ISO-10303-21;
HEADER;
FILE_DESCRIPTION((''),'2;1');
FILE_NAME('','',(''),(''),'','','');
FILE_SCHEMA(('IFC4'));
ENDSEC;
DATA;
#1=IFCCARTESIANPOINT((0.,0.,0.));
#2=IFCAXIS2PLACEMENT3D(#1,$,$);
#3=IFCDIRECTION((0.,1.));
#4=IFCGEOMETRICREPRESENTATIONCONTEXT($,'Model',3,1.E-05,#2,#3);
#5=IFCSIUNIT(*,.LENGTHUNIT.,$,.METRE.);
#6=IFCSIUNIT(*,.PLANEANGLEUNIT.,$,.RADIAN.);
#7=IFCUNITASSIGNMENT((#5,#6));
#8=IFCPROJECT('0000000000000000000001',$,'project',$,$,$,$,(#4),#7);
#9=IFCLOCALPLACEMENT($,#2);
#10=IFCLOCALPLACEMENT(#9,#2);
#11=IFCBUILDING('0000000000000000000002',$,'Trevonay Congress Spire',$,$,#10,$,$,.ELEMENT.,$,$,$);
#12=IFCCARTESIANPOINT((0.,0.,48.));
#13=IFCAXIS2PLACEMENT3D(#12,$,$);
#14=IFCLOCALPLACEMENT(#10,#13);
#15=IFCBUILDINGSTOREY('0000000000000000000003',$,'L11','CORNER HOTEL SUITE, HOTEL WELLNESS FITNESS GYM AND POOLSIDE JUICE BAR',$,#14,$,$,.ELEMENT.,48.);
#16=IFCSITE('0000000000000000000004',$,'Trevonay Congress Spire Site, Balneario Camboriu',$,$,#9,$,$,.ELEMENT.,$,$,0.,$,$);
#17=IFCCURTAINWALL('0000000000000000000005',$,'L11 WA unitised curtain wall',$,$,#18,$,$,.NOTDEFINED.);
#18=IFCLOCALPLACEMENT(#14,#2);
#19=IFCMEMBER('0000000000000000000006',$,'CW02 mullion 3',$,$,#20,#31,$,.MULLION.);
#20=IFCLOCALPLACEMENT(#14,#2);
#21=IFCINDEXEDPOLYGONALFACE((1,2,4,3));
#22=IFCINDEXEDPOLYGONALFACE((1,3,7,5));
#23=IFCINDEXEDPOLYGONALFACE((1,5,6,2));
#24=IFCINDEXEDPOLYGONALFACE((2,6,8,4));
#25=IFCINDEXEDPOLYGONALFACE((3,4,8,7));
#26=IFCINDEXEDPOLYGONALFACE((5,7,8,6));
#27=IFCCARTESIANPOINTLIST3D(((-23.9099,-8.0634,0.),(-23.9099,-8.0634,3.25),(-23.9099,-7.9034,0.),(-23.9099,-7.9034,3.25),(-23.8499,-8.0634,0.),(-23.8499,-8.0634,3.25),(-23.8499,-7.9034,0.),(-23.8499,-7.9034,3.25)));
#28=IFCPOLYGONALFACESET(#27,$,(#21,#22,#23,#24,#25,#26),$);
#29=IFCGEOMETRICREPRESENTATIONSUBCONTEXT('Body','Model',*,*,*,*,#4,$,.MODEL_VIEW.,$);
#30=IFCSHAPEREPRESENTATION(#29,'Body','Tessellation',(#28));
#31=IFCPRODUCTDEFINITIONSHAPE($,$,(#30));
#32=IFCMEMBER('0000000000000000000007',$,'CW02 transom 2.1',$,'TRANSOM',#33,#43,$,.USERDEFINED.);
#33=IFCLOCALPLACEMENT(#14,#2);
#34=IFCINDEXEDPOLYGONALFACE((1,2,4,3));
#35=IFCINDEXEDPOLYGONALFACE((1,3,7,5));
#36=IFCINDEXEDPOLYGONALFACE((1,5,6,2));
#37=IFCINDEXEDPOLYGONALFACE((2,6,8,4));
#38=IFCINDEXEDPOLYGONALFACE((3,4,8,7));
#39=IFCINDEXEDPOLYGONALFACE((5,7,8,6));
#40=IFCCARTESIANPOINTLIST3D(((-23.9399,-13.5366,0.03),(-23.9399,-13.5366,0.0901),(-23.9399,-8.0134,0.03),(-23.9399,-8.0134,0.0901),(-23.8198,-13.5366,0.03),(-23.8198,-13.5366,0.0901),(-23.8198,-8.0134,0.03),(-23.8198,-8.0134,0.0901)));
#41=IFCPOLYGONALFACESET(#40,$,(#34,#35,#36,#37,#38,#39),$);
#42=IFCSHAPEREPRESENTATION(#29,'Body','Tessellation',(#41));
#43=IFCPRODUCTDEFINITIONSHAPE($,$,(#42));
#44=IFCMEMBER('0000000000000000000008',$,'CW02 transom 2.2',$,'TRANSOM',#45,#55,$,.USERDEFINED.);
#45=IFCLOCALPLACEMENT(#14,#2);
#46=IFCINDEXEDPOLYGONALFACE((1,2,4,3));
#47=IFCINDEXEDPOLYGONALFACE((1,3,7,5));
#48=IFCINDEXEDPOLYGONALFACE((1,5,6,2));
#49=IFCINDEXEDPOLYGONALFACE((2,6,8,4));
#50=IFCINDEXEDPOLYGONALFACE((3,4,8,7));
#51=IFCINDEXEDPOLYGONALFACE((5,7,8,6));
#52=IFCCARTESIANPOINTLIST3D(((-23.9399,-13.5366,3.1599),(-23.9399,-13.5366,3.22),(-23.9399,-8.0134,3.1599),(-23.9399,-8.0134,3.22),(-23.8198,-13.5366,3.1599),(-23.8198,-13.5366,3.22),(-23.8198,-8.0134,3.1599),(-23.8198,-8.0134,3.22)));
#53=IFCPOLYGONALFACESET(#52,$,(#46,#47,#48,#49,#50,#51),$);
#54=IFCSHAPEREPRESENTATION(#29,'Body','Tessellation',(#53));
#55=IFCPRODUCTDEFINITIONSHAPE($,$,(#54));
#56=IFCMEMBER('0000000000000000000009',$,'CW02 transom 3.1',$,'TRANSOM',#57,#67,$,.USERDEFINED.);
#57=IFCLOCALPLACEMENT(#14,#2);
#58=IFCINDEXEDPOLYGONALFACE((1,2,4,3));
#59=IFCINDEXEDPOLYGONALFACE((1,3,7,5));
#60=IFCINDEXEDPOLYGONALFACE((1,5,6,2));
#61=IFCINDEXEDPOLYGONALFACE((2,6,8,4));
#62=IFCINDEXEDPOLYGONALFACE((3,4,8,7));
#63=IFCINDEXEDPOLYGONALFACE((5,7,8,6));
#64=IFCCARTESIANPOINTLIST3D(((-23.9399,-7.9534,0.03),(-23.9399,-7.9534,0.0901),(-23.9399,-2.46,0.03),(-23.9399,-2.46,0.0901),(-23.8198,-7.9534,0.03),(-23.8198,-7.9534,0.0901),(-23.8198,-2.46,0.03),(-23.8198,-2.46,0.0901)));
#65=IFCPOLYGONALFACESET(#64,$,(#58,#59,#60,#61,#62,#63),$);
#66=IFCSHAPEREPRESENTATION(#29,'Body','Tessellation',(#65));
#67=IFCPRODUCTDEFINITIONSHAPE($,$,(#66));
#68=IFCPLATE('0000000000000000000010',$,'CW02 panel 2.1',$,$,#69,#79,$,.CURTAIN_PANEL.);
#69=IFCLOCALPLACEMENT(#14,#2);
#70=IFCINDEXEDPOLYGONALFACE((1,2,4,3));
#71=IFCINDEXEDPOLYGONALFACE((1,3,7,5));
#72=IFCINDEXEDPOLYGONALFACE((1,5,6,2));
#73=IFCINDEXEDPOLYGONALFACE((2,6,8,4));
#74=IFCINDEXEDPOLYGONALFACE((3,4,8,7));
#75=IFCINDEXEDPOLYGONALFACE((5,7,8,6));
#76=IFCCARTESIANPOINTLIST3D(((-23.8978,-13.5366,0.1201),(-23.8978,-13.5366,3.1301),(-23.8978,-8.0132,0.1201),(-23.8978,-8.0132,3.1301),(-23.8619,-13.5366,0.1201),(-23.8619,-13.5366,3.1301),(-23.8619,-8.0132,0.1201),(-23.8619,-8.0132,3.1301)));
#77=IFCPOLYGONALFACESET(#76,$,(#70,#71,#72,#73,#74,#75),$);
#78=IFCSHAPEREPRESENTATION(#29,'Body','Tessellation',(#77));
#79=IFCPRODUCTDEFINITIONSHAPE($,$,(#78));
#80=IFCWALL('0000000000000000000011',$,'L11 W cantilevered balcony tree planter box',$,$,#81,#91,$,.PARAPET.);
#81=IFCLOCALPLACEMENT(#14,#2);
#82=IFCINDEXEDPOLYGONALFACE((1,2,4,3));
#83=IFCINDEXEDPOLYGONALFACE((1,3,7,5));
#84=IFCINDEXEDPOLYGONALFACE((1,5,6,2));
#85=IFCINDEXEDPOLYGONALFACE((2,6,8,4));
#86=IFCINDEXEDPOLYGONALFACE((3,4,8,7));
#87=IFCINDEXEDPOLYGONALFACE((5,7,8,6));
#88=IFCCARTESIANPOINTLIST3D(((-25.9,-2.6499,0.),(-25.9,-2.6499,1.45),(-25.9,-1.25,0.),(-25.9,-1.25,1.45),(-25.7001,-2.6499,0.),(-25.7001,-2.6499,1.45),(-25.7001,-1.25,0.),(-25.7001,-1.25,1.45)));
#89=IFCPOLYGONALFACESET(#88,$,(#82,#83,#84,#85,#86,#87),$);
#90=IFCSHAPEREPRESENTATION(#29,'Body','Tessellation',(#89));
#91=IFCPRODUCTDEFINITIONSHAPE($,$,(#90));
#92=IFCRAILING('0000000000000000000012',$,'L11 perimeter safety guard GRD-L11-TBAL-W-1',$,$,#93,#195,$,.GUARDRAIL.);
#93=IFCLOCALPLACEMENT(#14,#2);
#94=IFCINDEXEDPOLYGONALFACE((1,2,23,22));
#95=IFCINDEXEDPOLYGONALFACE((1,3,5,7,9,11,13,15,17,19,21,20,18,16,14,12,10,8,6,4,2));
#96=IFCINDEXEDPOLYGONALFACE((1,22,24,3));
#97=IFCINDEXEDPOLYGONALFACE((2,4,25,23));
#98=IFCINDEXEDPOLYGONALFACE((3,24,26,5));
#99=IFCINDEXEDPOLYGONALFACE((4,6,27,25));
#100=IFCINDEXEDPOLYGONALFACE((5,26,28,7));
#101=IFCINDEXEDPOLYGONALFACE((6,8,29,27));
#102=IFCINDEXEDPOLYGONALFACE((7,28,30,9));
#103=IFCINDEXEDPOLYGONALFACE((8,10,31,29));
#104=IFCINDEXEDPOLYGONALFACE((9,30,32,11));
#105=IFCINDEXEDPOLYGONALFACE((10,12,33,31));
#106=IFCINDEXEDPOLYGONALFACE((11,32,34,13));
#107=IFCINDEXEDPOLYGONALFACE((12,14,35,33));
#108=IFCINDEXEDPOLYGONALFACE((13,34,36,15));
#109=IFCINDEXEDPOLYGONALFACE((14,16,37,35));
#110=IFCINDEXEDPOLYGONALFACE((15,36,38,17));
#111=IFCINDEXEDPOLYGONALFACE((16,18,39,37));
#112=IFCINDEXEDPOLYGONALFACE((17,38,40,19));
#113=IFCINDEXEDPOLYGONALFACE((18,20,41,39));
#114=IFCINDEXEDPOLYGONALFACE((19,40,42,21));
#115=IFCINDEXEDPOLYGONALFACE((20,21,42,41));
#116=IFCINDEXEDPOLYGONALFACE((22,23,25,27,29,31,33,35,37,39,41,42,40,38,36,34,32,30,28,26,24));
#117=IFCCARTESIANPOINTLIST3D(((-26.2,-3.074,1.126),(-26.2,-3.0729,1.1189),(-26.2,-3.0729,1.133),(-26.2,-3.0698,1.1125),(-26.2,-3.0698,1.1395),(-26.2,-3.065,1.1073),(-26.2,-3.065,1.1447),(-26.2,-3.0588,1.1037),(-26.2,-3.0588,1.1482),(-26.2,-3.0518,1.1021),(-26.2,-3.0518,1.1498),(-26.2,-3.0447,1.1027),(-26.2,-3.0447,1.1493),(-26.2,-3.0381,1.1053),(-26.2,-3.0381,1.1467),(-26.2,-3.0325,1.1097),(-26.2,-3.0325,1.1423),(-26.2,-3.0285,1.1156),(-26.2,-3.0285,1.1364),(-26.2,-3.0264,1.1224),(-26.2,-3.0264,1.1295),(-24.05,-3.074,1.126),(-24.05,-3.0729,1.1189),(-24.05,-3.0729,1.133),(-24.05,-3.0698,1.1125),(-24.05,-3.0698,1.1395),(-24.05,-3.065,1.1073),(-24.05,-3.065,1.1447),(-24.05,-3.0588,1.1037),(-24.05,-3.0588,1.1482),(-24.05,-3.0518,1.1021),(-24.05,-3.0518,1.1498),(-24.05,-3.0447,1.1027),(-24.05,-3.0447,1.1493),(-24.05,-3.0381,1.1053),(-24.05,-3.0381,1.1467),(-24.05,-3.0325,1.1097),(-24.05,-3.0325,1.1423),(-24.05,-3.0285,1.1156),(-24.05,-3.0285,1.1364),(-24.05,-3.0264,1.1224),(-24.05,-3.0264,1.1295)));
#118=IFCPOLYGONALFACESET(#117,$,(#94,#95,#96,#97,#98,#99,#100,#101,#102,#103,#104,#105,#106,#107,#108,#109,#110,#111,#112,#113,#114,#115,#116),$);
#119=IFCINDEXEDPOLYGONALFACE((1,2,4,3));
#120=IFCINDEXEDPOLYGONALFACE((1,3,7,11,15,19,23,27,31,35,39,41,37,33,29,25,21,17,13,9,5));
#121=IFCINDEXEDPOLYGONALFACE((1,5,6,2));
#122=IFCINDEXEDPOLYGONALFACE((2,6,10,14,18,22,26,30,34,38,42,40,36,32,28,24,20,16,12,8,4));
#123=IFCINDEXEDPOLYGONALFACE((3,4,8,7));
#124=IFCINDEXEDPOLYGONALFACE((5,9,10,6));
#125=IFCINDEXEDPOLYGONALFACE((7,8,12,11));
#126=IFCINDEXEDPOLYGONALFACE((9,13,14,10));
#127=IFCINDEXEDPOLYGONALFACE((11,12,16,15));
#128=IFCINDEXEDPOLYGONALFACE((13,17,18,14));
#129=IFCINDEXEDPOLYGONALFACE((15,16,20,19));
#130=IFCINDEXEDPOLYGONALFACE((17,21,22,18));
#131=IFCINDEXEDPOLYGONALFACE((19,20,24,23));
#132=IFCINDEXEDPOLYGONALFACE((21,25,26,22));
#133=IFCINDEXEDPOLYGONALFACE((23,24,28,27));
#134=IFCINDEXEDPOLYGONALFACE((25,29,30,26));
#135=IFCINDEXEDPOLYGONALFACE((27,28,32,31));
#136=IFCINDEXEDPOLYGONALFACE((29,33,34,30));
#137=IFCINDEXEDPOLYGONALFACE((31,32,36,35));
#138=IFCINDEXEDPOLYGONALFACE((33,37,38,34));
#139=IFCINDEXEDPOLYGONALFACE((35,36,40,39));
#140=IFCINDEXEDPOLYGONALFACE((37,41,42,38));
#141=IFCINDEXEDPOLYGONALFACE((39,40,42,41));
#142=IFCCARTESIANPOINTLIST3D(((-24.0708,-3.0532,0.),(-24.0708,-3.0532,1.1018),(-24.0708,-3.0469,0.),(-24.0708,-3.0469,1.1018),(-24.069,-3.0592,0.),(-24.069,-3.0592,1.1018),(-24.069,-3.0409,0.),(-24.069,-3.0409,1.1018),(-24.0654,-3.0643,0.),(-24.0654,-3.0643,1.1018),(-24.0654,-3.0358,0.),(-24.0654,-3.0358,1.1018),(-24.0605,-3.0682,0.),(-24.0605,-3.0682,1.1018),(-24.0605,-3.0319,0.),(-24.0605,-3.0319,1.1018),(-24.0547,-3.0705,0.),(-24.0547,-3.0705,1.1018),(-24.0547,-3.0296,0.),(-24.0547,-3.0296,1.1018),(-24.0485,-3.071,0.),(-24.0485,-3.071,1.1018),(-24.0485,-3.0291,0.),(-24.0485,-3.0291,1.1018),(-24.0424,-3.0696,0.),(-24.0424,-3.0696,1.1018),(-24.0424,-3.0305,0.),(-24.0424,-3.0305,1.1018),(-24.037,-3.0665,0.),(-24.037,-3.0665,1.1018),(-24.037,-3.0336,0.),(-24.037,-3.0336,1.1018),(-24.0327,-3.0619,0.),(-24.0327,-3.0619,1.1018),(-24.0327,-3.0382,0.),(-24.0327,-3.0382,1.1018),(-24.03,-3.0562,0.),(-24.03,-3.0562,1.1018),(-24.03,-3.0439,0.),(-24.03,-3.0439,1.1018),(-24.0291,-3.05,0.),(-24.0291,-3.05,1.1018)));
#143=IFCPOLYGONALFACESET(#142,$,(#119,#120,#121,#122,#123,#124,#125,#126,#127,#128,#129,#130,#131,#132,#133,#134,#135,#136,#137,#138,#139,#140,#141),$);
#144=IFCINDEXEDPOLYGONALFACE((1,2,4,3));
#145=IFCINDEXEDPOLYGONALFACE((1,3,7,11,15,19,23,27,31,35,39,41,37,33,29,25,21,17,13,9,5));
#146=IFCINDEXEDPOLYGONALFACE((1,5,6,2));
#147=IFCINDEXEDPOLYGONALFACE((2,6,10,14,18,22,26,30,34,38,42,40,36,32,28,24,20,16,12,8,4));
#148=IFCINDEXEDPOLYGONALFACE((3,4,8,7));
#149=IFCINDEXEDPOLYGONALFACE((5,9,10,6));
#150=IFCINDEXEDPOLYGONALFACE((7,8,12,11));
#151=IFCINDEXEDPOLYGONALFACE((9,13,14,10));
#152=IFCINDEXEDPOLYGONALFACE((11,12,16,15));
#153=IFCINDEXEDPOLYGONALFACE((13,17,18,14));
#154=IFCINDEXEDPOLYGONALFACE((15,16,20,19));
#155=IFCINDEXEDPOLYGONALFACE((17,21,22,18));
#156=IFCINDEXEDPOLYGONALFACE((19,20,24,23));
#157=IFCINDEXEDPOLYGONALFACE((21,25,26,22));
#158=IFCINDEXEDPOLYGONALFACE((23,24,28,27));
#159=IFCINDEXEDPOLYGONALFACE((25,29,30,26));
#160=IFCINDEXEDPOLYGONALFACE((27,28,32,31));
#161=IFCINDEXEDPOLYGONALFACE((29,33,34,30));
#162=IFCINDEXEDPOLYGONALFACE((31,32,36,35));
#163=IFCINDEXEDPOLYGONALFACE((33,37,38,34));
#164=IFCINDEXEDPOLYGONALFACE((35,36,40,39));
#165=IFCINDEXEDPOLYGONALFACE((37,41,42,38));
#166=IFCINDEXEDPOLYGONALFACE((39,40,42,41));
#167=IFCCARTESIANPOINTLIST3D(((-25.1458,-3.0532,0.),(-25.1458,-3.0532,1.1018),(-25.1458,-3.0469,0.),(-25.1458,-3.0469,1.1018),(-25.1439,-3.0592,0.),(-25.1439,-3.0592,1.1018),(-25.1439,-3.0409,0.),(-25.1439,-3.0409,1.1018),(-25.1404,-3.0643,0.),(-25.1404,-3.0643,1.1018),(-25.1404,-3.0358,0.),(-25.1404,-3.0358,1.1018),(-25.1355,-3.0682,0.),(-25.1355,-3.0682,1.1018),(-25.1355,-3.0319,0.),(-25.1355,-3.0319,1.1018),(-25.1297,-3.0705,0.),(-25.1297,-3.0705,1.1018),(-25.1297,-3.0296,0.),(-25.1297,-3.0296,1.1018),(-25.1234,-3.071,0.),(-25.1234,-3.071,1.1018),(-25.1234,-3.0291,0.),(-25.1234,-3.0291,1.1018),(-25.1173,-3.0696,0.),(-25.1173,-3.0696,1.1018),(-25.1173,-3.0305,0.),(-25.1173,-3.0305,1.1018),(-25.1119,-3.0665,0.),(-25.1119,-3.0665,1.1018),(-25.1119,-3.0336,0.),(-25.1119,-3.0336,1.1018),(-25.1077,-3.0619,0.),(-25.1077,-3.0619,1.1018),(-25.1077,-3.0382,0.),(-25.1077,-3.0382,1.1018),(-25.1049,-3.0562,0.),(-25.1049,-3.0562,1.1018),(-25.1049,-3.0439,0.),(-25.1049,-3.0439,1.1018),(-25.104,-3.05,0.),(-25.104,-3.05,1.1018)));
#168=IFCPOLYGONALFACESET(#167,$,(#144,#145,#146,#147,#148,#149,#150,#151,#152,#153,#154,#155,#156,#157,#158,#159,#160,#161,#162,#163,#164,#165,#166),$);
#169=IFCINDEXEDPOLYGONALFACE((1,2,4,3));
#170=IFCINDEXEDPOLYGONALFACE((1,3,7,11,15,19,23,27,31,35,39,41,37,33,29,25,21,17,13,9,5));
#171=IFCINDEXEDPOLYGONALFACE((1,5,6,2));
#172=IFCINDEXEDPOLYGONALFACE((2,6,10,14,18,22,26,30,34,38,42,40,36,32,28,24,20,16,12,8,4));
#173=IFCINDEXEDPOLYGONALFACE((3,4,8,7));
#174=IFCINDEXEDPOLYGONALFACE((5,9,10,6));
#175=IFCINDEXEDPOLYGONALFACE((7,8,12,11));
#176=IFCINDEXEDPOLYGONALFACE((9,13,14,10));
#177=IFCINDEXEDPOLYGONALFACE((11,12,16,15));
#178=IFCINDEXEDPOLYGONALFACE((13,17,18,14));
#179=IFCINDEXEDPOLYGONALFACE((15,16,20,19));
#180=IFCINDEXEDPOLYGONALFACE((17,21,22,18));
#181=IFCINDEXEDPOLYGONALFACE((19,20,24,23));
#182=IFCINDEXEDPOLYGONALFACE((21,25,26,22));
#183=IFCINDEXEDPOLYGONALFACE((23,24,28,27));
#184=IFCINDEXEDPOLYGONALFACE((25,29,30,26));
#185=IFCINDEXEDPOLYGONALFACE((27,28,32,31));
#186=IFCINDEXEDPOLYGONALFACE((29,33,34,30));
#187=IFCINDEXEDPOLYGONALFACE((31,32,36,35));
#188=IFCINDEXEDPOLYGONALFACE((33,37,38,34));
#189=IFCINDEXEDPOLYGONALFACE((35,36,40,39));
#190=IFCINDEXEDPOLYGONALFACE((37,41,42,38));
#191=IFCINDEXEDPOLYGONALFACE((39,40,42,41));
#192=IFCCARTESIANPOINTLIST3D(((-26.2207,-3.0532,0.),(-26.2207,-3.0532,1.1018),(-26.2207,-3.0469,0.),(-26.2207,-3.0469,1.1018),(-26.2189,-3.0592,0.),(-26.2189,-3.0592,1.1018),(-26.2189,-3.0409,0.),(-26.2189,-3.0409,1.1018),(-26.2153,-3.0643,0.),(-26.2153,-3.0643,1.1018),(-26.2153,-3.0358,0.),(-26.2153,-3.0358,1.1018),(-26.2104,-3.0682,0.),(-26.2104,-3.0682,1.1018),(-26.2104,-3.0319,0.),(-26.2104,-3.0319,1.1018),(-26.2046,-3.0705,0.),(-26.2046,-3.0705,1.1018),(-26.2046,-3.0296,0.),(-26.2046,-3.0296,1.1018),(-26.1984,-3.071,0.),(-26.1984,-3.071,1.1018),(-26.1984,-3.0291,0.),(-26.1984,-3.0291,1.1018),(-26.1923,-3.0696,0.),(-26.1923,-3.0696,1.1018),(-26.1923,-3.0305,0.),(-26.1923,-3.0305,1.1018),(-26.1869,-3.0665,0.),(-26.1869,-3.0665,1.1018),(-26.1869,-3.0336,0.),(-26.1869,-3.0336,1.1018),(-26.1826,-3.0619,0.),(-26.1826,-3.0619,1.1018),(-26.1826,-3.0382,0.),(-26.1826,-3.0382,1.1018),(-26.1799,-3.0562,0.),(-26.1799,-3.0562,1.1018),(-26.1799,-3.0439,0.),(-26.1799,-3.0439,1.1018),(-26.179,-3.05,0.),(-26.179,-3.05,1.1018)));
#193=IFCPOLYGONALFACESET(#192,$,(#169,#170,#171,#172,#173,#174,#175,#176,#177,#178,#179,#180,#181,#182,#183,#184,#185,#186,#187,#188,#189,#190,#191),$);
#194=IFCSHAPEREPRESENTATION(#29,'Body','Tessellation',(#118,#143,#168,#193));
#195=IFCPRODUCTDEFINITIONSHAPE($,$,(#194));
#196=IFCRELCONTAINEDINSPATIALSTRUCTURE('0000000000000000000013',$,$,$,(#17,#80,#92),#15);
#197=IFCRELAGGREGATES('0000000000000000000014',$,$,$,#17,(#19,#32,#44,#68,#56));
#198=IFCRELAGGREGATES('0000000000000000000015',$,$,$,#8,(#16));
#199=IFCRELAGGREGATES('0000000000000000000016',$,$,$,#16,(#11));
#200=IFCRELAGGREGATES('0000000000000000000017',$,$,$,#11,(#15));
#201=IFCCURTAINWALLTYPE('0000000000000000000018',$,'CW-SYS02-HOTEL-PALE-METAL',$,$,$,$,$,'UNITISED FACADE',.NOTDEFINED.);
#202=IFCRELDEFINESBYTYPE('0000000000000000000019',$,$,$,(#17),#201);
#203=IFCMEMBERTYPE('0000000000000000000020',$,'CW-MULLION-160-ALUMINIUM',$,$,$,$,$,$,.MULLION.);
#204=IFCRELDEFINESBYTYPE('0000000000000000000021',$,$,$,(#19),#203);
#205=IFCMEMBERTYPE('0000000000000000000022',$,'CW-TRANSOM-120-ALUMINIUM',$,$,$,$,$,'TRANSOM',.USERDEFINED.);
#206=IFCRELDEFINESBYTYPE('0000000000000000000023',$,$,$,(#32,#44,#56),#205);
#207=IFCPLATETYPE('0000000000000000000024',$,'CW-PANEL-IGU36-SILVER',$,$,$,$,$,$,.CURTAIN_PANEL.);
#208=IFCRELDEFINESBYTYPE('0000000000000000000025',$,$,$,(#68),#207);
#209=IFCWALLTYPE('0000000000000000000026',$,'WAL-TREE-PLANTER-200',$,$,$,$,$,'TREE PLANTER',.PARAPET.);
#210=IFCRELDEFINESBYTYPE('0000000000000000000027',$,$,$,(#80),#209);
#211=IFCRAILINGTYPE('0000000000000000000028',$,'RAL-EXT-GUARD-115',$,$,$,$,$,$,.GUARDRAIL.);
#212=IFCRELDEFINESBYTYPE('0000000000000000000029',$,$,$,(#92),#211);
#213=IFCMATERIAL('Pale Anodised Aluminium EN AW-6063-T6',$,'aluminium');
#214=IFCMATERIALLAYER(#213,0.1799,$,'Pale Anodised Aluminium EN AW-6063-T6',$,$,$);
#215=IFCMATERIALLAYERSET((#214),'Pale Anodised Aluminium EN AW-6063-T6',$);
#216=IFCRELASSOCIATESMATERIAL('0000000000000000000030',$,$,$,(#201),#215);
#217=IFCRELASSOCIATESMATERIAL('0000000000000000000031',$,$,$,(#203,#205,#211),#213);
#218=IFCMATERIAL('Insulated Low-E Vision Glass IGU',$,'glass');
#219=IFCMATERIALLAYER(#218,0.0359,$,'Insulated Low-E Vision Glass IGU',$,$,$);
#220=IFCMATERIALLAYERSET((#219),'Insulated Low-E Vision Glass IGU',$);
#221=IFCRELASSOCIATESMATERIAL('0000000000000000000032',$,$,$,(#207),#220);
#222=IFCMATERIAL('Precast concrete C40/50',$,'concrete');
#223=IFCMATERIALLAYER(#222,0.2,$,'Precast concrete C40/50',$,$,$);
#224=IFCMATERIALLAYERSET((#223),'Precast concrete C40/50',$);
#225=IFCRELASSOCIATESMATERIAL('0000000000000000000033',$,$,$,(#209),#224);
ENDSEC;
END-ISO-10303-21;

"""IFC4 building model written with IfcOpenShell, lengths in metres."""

from ifc_helpers import new_model, si_unit, direction, frame, frame_2d, origin, origin_2d, place, context, subcontext, project, spatial, rectangle, circle, extrude, material, layer, layer_set, material_profile, profile_set, type_object, element, aggregate, save


model = new_model("IFC4")

# Units and contexts
model_context = context("Model", 3, precision=1e-05, world=origin(), true_north=direction((0.0, 1.0)))
body_context = subcontext(model_context, "Body", "Model", "MODEL_VIEW")
ifc_project = project(units=[si_unit("LENGTHUNIT", "METRE"), si_unit("PLANEANGLEUNIT", "RADIAN")], contexts=[model_context])

# Site, building, storey
site_placement = place(None, origin())
site = spatial("IfcSite", under=ifc_project, at=site_placement, Name="Trevonay Congress Spire Site, Balneario Camboriu", CompositionType="ELEMENT", RefElevation=0.0)
building_placement = place(site_placement, origin())
building = spatial("IfcBuilding", under=site, at=building_placement, Name="Trevonay Congress Spire", CompositionType="ELEMENT")
storey_placement = place(building_placement, frame((0.0, 0.0, 48.0)))
storey = spatial("IfcBuildingStorey", under=building, at=storey_placement, Name="L11", Description="CORNER HOTEL SUITE, HOTEL WELLNESS FITNESS GYM AND POOLSIDE JUICE BAR", CompositionType="ELEMENT", Elevation=48.0)

# Curtain wall, members, plate
ifc_material_1 = material(Name="Pale Anodised Aluminium EN AW-6063-T6", Category="aluminium")
ifc_layer_1 = layer(ifc_material_1, 0.1799, Name="Pale Anodised Aluminium EN AW-6063-T6")
ifc_layer_set_1 = layer_set([ifc_layer_1], Name="Pale Anodised Aluminium EN AW-6063-T6")
curtain_wall_type = type_object("IfcCurtainWallType", Name="CW-SYS02-HOTEL-PALE-METAL", ElementType="UNITISED FACADE", PredefinedType="NOTDEFINED", material=ifc_layer_set_1)
curtain_wall_placement = place(storey_placement, origin())
curtain_wall = element("IfcCurtainWall", 1, at=curtain_wall_placement, inside=storey, type_object=curtain_wall_type, Name="L11 WA unitised curtain wall", PredefinedType="NOTDEFINED")
ifc_material_profile_1 = material_profile(ifc_material_1, rectangle(XDim=0.0601, YDim=0.1599, at=origin_2d()), Name="CW-MULLION-160-ALUMINIUM")
ifc_profile_set_1 = profile_set([ifc_material_profile_1], Name="Pale Anodised Aluminium EN AW-6063-T6")
member_type_1 = type_object("IfcMemberType", Name="CW-MULLION-160-ALUMINIUM", PredefinedType="MULLION", material=ifc_profile_set_1)
member_1_placement = place(storey_placement, frame((-23.8799, -7.9834, 0.0), z_axis=(0.0, 0.0, 1.0), x_axis=(-1.0, 0.0, 0.0)))
member_1 = element("IfcMember", 2, at=member_1_placement, type_object=member_type_1, Name="CW02 mullion 3", PredefinedType="MULLION", context=body_context, shape_type="SweptSolid", body=[
    extrude(rectangle(XDim=0.0601, YDim=0.1599, at=origin_2d()), origin(), (0.0, 0.0, 1.0), 3.25),
])
ifc_material_profile_2 = material_profile(ifc_material_1, rectangle(XDim=0.1201, YDim=0.0601, at=origin_2d()), Name="CW-TRANSOM-120-ALUMINIUM")
ifc_profile_set_2 = profile_set([ifc_material_profile_2], Name="Pale Anodised Aluminium EN AW-6063-T6")
member_type_2 = type_object("IfcMemberType", Name="CW-TRANSOM-120-ALUMINIUM", ElementType="TRANSOM", PredefinedType="USERDEFINED", material=ifc_profile_set_2)
member_2_placement = place(storey_placement, frame((-23.8799, -13.5366, 0.0601), z_axis=(0.0, 1.0, 0.0), x_axis=(-1.0, 0.0, 0.0)))
member_2 = element("IfcMember", 3, at=member_2_placement, type_object=member_type_2, Name="CW02 transom 2.1", ObjectType="TRANSOM", PredefinedType="USERDEFINED", context=body_context, shape_type="SweptSolid", body=[
    extrude(rectangle(XDim=0.1201, YDim=0.0601, at=origin_2d()), origin(), (0.0, 0.0, 1.0), 5.5232),
])
member_3_placement = place(storey_placement, frame((-23.8799, -13.5366, 3.1899), z_axis=(0.0, 1.0, 0.0), x_axis=(-1.0, 0.0, 0.0)))
member_3 = element("IfcMember", 4, at=member_3_placement, type_object=member_type_2, Name="CW02 transom 2.2", ObjectType="TRANSOM", PredefinedType="USERDEFINED", context=body_context, shape_type="SweptSolid", body=[
    extrude(rectangle(XDim=0.1201, YDim=0.0601, at=origin_2d()), origin(), (0.0, 0.0, 1.0), 5.5232),
])
member_4_placement = place(storey_placement, frame((-23.8799, -7.9534, 0.0601), z_axis=(0.0, 1.0, 0.0), x_axis=(-1.0, 0.0, 0.0)))
member_4 = element("IfcMember", 5, at=member_4_placement, type_object=member_type_2, Name="CW02 transom 3.1", ObjectType="TRANSOM", PredefinedType="USERDEFINED", context=body_context, shape_type="SweptSolid", body=[
    extrude(rectangle(XDim=0.1201, YDim=0.0601, at=origin_2d()), origin(), (0.0, 0.0, 1.0), 5.4934),
])
ifc_material_2 = material(Name="Insulated Low-E Vision Glass IGU", Category="glass")
ifc_layer_2 = layer(ifc_material_2, 0.0359, Name="Insulated Low-E Vision Glass IGU")
ifc_layer_set_2 = layer_set([ifc_layer_2], Name="Insulated Low-E Vision Glass IGU")
plate_type = type_object("IfcPlateType", Name="CW-PANEL-IGU36-SILVER", PredefinedType="CURTAIN_PANEL", material=ifc_layer_set_2)
plate_placement = place(storey_placement, frame((-23.8799, -10.7749, 0.1201), z_axis=(0.0, 0.0, 1.0), x_axis=(0.0, 1.0, 0.0)))
plate = element("IfcPlate", 6, at=plate_placement, type_object=plate_type, Name="CW02 panel 2.1", PredefinedType="CURTAIN_PANEL", context=body_context, shape_type="SweptSolid", body=[
    extrude(rectangle(XDim=5.5234, YDim=0.0359, at=origin_2d()), origin(), (0.0, 0.0, 1.0), 3.01),
])
aggregate(curtain_wall, [member_1, member_2, member_3, plate, member_4])

# Wall
ifc_material_3 = material(Name="Precast concrete C40/50", Category="concrete")
ifc_layer_3 = layer(ifc_material_3, 0.2, Name="Precast concrete C40/50")
ifc_layer_set_3 = layer_set([ifc_layer_3], Name="Precast concrete C40/50")
wall_type = type_object("IfcWallType", Name="WAL-TREE-PLANTER-200", ElementType="TREE PLANTER", PredefinedType="PARAPET", material=ifc_layer_set_3)
wall_placement = place(storey_placement, frame((-25.8, -2.6499, 0.0), z_axis=(0.0, 0.0, 1.0), x_axis=(0.0, 1.0, 0.0)))
element("IfcWall", 7, at=wall_placement, inside=storey, type_object=wall_type, Name="L11 W cantilevered balcony tree planter box", PredefinedType="PARAPET", context=body_context, shape_type="SweptSolid", body=[
    extrude(rectangle(XDim=1.3999, YDim=0.2, at=frame_2d((0.7, 0.0))), origin(), (0.0, 0.0, 1.0), 1.45),
])

# Railing
railing_type = type_object("IfcRailingType", Name="RAL-EXT-GUARD-115", PredefinedType="GUARDRAIL", material=ifc_material_1)
railing_1_placement = place(storey_placement, frame((-24.05, -3.05, 0.0)))
element("IfcRailing", 8, at=railing_1_placement, inside=storey, type_object=railing_type, Name="L11 perimeter safety guard GRD-L11-TBAL-W-1", PredefinedType="GUARDRAIL", context=body_context, shape_type="SweptSolid", body=[
    extrude(circle(Radius=0.0239, at=origin_2d()), frame((0.0, 0.0, 1.126), z_axis=(-1.0, 0.0, 0.0), x_axis=(0.0, -1.0, 0.0)), (0.0, 0.0, 1.0), 2.1499),
    extrude(circle(Radius=0.021, at=origin_2d()), origin(), (0.0, 0.0, 1.0), 1.1018),
    extrude(circle(Radius=0.021, at=origin_2d()), frame((-1.075, 0.0, 0.0)), (0.0, 0.0, 1.0), 1.1018),
    extrude(circle(Radius=0.021, at=origin_2d()), frame((-2.1499, 0.0, 0.0)), (0.0, 0.0, 1.0), 1.1018),
])

save(model, "model.ifc")
